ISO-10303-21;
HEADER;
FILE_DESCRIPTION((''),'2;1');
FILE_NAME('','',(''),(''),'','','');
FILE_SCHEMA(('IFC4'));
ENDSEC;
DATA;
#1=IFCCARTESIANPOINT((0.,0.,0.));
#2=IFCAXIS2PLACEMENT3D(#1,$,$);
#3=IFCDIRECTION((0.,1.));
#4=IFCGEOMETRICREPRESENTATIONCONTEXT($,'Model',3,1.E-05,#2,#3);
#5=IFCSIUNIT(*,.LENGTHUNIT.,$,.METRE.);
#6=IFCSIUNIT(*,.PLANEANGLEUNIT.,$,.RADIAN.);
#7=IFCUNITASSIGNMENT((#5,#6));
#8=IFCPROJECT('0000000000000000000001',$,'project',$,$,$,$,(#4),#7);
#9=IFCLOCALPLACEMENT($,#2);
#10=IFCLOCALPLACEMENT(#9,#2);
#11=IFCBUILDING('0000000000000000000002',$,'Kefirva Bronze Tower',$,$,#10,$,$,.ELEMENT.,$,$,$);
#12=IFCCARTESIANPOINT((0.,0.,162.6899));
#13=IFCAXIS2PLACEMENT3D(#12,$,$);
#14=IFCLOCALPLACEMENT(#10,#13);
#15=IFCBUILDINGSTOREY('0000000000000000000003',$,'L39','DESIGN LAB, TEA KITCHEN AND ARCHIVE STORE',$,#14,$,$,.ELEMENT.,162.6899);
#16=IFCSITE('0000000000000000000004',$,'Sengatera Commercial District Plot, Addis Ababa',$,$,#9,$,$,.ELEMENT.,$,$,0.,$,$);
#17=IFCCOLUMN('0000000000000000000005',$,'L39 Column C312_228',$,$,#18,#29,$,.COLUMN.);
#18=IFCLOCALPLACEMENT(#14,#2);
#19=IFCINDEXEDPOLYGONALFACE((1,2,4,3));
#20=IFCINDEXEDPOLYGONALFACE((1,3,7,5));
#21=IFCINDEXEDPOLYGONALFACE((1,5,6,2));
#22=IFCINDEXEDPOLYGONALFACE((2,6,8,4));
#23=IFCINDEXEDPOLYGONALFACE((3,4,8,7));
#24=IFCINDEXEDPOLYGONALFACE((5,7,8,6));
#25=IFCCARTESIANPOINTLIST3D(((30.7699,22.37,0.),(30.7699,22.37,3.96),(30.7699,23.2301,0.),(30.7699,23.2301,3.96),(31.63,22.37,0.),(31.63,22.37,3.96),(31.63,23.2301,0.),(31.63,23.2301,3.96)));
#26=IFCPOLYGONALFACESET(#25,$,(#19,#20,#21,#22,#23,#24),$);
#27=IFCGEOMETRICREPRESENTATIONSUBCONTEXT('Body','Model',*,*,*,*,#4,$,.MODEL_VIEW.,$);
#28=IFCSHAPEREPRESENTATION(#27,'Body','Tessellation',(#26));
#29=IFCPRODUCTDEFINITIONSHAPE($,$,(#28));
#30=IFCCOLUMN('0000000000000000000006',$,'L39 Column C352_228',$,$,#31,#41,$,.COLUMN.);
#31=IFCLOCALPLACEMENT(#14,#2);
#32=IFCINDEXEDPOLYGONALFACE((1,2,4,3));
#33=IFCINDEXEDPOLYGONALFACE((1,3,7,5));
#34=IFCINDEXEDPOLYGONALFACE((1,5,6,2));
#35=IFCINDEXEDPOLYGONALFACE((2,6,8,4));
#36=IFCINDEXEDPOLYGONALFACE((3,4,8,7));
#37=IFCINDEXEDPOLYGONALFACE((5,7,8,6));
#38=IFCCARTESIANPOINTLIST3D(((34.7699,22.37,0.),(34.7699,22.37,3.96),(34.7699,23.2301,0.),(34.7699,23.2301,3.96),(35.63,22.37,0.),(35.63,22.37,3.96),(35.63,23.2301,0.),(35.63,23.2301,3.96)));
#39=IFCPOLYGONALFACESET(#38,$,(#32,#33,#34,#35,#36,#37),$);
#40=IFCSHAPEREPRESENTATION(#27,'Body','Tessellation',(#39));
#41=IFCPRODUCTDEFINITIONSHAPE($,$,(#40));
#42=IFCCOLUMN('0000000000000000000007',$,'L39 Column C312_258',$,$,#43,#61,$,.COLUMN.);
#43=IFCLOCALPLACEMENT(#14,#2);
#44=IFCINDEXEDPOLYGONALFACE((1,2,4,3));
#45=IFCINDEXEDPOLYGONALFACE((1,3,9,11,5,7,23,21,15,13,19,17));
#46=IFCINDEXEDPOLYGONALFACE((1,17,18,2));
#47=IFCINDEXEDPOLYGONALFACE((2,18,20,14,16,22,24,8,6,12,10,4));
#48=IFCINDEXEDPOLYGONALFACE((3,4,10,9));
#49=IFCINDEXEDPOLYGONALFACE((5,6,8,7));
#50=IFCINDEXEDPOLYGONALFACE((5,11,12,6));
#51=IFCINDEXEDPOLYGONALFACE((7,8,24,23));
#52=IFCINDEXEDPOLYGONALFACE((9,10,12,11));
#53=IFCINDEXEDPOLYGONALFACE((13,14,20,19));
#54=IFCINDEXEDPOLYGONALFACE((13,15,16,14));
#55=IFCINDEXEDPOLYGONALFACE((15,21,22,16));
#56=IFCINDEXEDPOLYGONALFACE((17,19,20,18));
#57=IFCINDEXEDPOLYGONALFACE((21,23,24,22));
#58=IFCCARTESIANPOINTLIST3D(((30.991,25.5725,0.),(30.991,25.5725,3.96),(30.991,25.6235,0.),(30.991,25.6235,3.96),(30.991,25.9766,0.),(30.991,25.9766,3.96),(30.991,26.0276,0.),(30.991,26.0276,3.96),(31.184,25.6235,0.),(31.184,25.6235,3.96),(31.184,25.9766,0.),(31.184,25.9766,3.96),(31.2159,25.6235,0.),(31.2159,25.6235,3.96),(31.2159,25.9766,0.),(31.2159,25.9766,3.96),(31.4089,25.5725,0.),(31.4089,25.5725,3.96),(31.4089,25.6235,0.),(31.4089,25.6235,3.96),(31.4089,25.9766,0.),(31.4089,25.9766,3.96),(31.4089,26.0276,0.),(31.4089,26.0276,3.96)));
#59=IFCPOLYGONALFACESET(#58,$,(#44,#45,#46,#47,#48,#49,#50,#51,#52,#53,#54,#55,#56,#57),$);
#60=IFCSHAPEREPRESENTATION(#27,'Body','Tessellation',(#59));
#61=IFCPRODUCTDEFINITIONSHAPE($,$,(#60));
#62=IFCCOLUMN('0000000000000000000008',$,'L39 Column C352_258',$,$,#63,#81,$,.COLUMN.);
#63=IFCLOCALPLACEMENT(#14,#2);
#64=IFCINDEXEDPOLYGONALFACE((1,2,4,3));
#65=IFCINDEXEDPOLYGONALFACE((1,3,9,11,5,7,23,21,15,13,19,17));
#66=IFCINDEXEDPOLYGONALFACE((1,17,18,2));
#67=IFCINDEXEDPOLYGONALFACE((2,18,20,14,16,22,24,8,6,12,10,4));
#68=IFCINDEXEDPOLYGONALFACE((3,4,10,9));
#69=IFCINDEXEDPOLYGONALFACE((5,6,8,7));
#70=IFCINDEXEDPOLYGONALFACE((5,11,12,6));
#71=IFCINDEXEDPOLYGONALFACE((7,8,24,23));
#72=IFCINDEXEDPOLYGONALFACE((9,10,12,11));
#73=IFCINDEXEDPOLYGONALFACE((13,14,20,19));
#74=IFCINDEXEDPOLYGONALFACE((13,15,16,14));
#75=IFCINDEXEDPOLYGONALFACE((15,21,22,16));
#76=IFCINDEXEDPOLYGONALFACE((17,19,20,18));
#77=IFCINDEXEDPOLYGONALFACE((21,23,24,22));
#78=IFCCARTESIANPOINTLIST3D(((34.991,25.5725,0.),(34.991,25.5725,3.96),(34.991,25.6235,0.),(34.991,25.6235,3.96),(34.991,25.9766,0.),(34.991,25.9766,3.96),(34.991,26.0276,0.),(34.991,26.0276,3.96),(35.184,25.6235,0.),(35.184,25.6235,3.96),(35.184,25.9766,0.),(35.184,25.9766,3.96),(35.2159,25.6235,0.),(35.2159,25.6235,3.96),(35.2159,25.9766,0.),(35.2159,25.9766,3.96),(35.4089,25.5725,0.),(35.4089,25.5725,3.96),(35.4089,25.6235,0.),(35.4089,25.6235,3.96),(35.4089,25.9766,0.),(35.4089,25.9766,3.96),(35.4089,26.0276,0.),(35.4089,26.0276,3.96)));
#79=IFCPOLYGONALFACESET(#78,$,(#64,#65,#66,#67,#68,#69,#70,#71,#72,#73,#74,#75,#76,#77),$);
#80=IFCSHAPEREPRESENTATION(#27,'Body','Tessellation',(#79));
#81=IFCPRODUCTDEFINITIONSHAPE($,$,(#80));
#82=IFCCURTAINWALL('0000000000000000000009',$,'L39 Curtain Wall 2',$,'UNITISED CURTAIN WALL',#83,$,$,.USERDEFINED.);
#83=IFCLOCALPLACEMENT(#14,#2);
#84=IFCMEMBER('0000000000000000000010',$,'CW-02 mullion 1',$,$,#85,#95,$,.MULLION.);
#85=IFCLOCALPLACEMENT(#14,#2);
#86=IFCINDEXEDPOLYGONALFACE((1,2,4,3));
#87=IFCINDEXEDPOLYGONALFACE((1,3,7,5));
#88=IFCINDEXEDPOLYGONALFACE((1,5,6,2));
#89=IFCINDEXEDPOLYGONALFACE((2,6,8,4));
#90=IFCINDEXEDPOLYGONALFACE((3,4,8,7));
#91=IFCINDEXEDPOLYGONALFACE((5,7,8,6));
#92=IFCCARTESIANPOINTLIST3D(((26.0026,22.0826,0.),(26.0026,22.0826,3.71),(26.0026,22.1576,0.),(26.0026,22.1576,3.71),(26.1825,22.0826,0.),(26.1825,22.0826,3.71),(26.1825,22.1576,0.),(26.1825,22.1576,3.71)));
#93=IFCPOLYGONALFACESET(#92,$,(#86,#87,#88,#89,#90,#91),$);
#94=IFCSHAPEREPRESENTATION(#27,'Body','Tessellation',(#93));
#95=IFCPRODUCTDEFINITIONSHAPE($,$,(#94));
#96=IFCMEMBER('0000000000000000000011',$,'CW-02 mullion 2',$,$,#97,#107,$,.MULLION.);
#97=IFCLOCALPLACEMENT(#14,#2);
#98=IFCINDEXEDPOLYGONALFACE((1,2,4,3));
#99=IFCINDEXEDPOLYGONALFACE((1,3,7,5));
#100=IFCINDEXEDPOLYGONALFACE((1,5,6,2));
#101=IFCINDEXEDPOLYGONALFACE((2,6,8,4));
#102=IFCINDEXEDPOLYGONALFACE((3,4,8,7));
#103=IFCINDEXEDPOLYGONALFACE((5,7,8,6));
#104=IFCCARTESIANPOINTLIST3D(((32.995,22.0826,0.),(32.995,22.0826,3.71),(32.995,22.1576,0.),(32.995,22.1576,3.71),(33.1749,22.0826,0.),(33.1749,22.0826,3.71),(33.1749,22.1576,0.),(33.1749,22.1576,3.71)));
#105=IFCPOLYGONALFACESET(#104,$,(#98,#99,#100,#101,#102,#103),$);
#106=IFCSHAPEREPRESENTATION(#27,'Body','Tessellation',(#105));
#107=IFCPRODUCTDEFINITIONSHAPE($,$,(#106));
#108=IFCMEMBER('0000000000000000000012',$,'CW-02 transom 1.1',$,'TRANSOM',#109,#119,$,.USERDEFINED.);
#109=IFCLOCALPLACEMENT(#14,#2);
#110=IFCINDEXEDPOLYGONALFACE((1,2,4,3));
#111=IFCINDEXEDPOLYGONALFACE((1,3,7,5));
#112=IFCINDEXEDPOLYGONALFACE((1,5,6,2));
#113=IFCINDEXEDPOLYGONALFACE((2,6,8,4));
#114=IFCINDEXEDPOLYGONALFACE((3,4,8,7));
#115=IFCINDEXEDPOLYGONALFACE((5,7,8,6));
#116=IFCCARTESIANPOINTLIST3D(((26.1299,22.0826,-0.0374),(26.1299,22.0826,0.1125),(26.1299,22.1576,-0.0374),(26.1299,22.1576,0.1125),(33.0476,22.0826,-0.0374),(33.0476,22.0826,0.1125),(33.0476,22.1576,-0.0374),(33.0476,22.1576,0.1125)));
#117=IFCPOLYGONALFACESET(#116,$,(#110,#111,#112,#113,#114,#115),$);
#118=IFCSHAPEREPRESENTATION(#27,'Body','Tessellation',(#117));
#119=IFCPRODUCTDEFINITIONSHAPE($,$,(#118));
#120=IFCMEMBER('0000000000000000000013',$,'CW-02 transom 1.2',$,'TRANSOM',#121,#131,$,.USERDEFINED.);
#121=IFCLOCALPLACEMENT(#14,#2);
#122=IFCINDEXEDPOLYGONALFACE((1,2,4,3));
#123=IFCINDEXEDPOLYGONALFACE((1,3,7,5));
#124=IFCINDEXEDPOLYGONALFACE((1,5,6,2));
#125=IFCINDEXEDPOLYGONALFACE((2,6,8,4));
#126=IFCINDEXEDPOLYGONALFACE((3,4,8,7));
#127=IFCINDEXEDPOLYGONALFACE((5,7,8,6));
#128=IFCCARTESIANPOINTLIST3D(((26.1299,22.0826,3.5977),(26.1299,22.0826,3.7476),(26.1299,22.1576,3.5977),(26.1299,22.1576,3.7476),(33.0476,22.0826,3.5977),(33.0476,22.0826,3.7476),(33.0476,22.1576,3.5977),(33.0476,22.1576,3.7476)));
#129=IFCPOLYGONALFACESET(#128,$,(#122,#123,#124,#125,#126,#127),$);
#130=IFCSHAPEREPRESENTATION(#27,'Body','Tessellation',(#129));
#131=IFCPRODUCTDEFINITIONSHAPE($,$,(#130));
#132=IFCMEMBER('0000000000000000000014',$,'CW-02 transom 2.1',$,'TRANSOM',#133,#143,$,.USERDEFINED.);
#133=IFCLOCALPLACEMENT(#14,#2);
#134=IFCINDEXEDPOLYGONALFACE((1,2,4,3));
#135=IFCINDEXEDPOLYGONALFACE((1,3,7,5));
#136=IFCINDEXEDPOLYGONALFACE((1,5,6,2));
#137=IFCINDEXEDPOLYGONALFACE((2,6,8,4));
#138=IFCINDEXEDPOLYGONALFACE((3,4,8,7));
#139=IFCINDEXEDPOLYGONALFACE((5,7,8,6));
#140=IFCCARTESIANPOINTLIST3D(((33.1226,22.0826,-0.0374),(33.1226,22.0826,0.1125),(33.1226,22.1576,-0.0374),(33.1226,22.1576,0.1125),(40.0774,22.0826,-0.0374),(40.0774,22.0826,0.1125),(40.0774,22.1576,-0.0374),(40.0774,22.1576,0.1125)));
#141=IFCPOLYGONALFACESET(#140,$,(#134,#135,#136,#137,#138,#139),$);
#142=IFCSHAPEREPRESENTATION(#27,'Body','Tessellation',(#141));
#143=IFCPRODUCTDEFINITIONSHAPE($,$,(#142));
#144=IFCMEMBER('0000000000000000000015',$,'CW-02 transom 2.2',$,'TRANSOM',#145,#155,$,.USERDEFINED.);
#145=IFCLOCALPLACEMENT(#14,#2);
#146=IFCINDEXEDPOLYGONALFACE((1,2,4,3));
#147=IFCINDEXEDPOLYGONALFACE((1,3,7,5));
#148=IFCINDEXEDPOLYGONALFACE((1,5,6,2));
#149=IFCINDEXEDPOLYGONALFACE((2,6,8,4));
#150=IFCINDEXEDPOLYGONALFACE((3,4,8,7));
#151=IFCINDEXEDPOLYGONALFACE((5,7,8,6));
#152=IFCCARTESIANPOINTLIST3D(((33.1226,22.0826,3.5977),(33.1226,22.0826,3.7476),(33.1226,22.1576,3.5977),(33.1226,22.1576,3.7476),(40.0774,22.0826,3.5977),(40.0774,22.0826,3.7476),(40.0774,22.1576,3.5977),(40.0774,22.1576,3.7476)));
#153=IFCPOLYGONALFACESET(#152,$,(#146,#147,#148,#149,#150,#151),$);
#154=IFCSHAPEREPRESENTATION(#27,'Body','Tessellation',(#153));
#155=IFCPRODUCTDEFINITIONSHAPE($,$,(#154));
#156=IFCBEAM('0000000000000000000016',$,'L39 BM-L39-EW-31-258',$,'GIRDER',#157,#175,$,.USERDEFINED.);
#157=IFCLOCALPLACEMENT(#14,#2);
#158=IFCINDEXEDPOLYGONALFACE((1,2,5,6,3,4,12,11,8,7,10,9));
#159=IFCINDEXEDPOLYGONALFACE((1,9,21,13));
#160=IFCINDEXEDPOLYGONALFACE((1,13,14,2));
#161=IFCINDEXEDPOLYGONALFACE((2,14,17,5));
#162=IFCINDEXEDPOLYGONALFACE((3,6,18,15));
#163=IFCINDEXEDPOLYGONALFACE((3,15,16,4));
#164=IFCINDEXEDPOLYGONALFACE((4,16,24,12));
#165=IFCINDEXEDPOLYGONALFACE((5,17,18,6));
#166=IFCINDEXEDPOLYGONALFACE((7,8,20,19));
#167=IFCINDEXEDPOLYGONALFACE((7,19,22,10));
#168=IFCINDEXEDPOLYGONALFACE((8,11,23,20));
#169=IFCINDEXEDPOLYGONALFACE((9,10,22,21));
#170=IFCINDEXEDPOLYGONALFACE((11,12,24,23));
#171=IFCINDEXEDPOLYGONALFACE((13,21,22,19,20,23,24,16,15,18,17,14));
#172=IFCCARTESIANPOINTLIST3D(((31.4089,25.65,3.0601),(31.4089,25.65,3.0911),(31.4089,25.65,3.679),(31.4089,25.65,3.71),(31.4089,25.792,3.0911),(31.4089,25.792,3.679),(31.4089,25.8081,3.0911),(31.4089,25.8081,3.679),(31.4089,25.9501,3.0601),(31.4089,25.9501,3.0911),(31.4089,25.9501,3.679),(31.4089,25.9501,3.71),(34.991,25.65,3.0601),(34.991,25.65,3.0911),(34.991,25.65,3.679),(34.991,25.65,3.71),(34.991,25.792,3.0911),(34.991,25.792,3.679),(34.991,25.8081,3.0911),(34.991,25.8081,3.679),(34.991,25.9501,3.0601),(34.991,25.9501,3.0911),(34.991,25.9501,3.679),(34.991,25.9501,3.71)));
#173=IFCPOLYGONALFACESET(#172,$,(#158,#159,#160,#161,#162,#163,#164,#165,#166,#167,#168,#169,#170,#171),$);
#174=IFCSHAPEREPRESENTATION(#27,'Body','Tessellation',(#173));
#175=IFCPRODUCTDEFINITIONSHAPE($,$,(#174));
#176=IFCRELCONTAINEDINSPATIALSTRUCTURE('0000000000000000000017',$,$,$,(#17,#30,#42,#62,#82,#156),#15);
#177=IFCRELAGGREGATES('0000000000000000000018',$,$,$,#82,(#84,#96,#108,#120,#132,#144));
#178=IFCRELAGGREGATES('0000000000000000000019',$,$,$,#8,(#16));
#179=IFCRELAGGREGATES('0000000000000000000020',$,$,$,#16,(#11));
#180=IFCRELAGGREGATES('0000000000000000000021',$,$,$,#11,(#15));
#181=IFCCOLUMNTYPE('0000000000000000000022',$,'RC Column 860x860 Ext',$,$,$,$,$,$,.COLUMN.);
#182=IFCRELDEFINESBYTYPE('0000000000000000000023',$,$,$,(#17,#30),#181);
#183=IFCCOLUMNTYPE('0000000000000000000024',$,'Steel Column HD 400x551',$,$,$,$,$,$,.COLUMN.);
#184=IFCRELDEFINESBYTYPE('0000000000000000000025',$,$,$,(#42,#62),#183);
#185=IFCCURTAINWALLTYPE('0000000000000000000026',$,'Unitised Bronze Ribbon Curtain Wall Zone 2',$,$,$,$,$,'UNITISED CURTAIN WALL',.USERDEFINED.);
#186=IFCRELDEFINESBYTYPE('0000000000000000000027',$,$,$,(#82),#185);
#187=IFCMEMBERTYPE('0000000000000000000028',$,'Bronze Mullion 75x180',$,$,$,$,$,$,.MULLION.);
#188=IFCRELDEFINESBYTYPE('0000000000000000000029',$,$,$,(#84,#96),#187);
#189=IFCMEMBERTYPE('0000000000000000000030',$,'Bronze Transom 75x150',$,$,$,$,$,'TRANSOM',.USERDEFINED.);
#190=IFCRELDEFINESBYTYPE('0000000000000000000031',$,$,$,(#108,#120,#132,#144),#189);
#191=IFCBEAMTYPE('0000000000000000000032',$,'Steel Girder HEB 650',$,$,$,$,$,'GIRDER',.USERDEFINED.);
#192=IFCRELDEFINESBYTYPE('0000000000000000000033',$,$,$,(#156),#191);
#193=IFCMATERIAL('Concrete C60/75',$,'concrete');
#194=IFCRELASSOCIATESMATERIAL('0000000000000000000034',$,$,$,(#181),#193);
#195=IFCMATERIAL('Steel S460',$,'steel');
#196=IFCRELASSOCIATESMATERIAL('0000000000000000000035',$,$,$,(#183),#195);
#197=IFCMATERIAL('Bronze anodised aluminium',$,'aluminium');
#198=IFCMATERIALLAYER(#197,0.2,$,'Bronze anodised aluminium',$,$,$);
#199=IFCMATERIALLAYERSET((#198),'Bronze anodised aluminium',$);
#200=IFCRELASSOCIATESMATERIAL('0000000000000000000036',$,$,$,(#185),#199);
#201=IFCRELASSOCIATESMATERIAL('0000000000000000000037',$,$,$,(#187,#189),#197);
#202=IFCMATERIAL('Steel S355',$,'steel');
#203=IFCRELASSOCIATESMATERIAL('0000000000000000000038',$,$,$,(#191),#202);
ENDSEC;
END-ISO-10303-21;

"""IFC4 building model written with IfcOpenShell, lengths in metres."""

from ifc_helpers import new_model, si_unit, direction, frame, origin, origin_2d, place, context, subcontext, project, spatial, rectangle, i_section, extrude, material, layer, layer_set, material_profile, profile_set, type_object, element, aggregate, save


model = new_model("IFC4")

# Units and contexts
model_context = context("Model", 3, precision=1e-05, world=origin(), true_north=direction((0.0, 1.0)))
body_context = subcontext(model_context, "Body", "Model", "MODEL_VIEW")
ifc_project = project(units=[si_unit("LENGTHUNIT", "METRE"), si_unit("PLANEANGLEUNIT", "RADIAN")], contexts=[model_context])

# Site, building, storey
site_placement = place(None, origin())
site = spatial("IfcSite", under=ifc_project, at=site_placement, Name="Sengatera Commercial District Plot, Addis Ababa", CompositionType="ELEMENT", RefElevation=0.0)
building_placement = place(site_placement, origin())
building = spatial("IfcBuilding", under=site, at=building_placement, Name="Kefirva Bronze Tower", CompositionType="ELEMENT")
storey_placement = place(building_placement, frame((0.0, 0.0, 162.6899)))
storey = spatial("IfcBuildingStorey", under=building, at=storey_placement, Name="L39", Description="DESIGN LAB, TEA KITCHEN AND ARCHIVE STORE", CompositionType="ELEMENT", Elevation=162.6899)

# Columns
ifc_material_1 = material(Name="Concrete C60/75", Category="concrete")
ifc_material_profile_1 = material_profile(ifc_material_1, rectangle(XDim=0.8601, YDim=0.8601, at=origin_2d()), Name="RC 860x860")
ifc_profile_set_1 = profile_set([ifc_material_profile_1], Name="Concrete C60/75")
column_type_1 = type_object("IfcColumnType", Name="RC Column 860x860 Ext", PredefinedType="COLUMN", material=ifc_profile_set_1)
for number, where, z_axis, x_axis, name in (
    (1, (31.2, 22.8, 0.0), (0.0, 0.0, 1.0), (1.0, 0.0, 0.0), "L39 Column C312_228"),
    (2, (35.2, 22.8, 0.0), (0.0, 0.0, 1.0), (1.0, 0.0, 0.0), "L39 Column C352_228"),
):
    element("IfcColumn", number, at=place(storey_placement, frame(where, z_axis=z_axis, x_axis=x_axis)), inside=storey, type_object=column_type_1, Name=name, PredefinedType="COLUMN", context=body_context, shape_type="SweptSolid", body=[
        extrude(rectangle(XDim=0.8601, YDim=0.8601, at=origin_2d()), origin(), (0.0, 0.0, 1.0), 3.96),
    ])
ifc_material_2 = material(Name="Steel S460", Category="steel")
ifc_material_profile_2 = material_profile(ifc_material_2, i_section(OverallWidth=0.418, OverallDepth=0.4551, WebThickness=0.032, FlangeThickness=0.051, at=origin_2d()), Name="HD 400x551")
ifc_profile_set_2 = profile_set([ifc_material_profile_2], Name="Steel S460")
column_type_2 = type_object("IfcColumnType", Name="Steel Column HD 400x551", PredefinedType="COLUMN", material=ifc_profile_set_2)
for number, where, z_axis, x_axis, name in (
    (3, (31.2, 25.8, 0.0), (0.0, 0.0, 1.0), (1.0, 0.0, 0.0), "L39 Column C312_258"),
    (4, (35.2, 25.8, 0.0), (0.0, 0.0, 1.0), (1.0, 0.0, 0.0), "L39 Column C352_258"),
):
    element("IfcColumn", number, at=place(storey_placement, frame(where, z_axis=z_axis, x_axis=x_axis)), inside=storey, type_object=column_type_2, Name=name, PredefinedType="COLUMN", context=body_context, shape_type="SweptSolid", body=[
        extrude(i_section(OverallWidth=0.418, OverallDepth=0.4551, WebThickness=0.032, FlangeThickness=0.051, at=origin_2d()), origin(), (0.0, 0.0, 1.0), 3.96),
    ])

# Curtain wall, members
ifc_material_3 = material(Name="Bronze anodised aluminium", Category="aluminium")
ifc_layer_1 = layer(ifc_material_3, 0.2, Name="Bronze anodised aluminium")
ifc_layer_set_1 = layer_set([ifc_layer_1], Name="Bronze anodised aluminium")
curtain_wall_type = type_object("IfcCurtainWallType", Name="Unitised Bronze Ribbon Curtain Wall Zone 2", ElementType="UNITISED CURTAIN WALL", PredefinedType="USERDEFINED", material=ifc_layer_set_1)
curtain_wall_placement = place(storey_placement, origin())
curtain_wall = element("IfcCurtainWall", 5, at=curtain_wall_placement, inside=storey, type_object=curtain_wall_type, Name="L39 Curtain Wall 2", ObjectType="UNITISED CURTAIN WALL", PredefinedType="USERDEFINED")
ifc_material_profile_3 = material_profile(ifc_material_3, rectangle(XDim=0.075, YDim=0.1799, at=origin_2d()), Name="ALU 75x180")
ifc_profile_set_3 = profile_set([ifc_material_profile_3], Name="Bronze anodised aluminium")
member_type_1 = type_object("IfcMemberType", Name="Bronze Mullion 75x180", PredefinedType="MULLION", material=ifc_profile_set_3)
member_1_placement = place(storey_placement, frame((26.0925, 22.1201, 0.0), z_axis=(0.0, 0.0, 1.0), x_axis=(0.0, 1.0, 0.0)))
member_1 = element("IfcMember", 6, at=member_1_placement, type_object=member_type_1, Name="CW-02 mullion 1", PredefinedType="MULLION", context=body_context, shape_type="SweptSolid", body=[
    extrude(rectangle(XDim=0.075, YDim=0.1799, at=origin_2d()), origin(), (0.0, 0.0, 1.0), 3.71),
])
member_2_placement = place(storey_placement, frame((33.085, 22.1201, 0.0), z_axis=(0.0, 0.0, 1.0), x_axis=(0.0, 1.0, 0.0)))
member_2 = element("IfcMember", 7, at=member_2_placement, type_object=member_type_1, Name="CW-02 mullion 2", PredefinedType="MULLION", context=body_context, shape_type="SweptSolid", body=[
    extrude(rectangle(XDim=0.075, YDim=0.1799, at=origin_2d()), origin(), (0.0, 0.0, 1.0), 3.71),
])
ifc_material_profile_4 = material_profile(ifc_material_3, rectangle(XDim=0.075, YDim=0.1499, at=origin_2d()), Name="ALU 75x150")
ifc_profile_set_4 = profile_set([ifc_material_profile_4], Name="Bronze anodised aluminium")
member_type_2 = type_object("IfcMemberType", Name="Bronze Transom 75x150", ElementType="TRANSOM", PredefinedType="USERDEFINED", material=ifc_profile_set_4)
member_3_placement = place(storey_placement, frame((26.1299, 22.1201, 0.0376), z_axis=(1.0, 0.0, 0.0), x_axis=(0.0, 1.0, 0.0)))
member_3 = element("IfcMember", 8, at=member_3_placement, type_object=member_type_2, Name="CW-02 transom 1.1", ObjectType="TRANSOM", PredefinedType="USERDEFINED", context=body_context, shape_type="SweptSolid", body=[
    extrude(rectangle(XDim=0.075, YDim=0.1499, at=origin_2d()), origin(), (0.0, 0.0, 1.0), 6.9177),
])
member_4_placement = place(storey_placement, frame((26.1299, 22.1201, 3.6726), z_axis=(1.0, 0.0, 0.0), x_axis=(0.0, 1.0, 0.0)))
member_4 = element("IfcMember", 9, at=member_4_placement, type_object=member_type_2, Name="CW-02 transom 1.2", ObjectType="TRANSOM", PredefinedType="USERDEFINED", context=body_context, shape_type="SweptSolid", body=[
    extrude(rectangle(XDim=0.075, YDim=0.1499, at=origin_2d()), origin(), (0.0, 0.0, 1.0), 6.9177),
])
member_5_placement = place(storey_placement, frame((33.1226, 22.1201, 0.0376), z_axis=(1.0, 0.0, 0.0), x_axis=(0.0, 1.0, 0.0)))
member_5 = element("IfcMember", 10, at=member_5_placement, type_object=member_type_2, Name="CW-02 transom 2.1", ObjectType="TRANSOM", PredefinedType="USERDEFINED", context=body_context, shape_type="SweptSolid", body=[
    extrude(rectangle(XDim=0.075, YDim=0.1499, at=origin_2d()), origin(), (0.0, 0.0, 1.0), 6.9548),
])
member_6_placement = place(storey_placement, frame((33.1226, 22.1201, 3.6726), z_axis=(1.0, 0.0, 0.0), x_axis=(0.0, 1.0, 0.0)))
member_6 = element("IfcMember", 11, at=member_6_placement, type_object=member_type_2, Name="CW-02 transom 2.2", ObjectType="TRANSOM", PredefinedType="USERDEFINED", context=body_context, shape_type="SweptSolid", body=[
    extrude(rectangle(XDim=0.075, YDim=0.1499, at=origin_2d()), origin(), (0.0, 0.0, 1.0), 6.9548),
])

# Beam
ifc_material_4 = material(Name="Steel S355", Category="steel")
ifc_material_profile_5 = material_profile(ifc_material_4, i_section(OverallWidth=0.3, OverallDepth=0.6499, WebThickness=0.0161, FlangeThickness=0.031, at=origin_2d()), Name="HEB 650")
ifc_profile_set_5 = profile_set([ifc_material_profile_5], Name="Steel S355")
beam_type_1 = type_object("IfcBeamType", Name="Steel Girder HEB 650", ElementType="GIRDER", PredefinedType="USERDEFINED", material=ifc_profile_set_5)
beam_1_placement = place(storey_placement, frame((31.4089, 25.8, 3.385), z_axis=(1.0, 0.0, 0.0), x_axis=(0.0, 1.0, 0.0)))
element("IfcBeam", 12, at=beam_1_placement, inside=storey, type_object=beam_type_1, Name="L39 BM-L39-EW-31-258", ObjectType="GIRDER", PredefinedType="USERDEFINED", context=body_context, shape_type="SweptSolid", body=[
    extrude(i_section(OverallWidth=0.3, OverallDepth=0.6499, WebThickness=0.0161, FlangeThickness=0.031, at=origin_2d()), origin(), (0.0, 0.0, 1.0), 3.582),
])

aggregate(curtain_wall, [member_1, member_2, member_3, member_4, member_5, member_6])

save(model, "model.ifc")
